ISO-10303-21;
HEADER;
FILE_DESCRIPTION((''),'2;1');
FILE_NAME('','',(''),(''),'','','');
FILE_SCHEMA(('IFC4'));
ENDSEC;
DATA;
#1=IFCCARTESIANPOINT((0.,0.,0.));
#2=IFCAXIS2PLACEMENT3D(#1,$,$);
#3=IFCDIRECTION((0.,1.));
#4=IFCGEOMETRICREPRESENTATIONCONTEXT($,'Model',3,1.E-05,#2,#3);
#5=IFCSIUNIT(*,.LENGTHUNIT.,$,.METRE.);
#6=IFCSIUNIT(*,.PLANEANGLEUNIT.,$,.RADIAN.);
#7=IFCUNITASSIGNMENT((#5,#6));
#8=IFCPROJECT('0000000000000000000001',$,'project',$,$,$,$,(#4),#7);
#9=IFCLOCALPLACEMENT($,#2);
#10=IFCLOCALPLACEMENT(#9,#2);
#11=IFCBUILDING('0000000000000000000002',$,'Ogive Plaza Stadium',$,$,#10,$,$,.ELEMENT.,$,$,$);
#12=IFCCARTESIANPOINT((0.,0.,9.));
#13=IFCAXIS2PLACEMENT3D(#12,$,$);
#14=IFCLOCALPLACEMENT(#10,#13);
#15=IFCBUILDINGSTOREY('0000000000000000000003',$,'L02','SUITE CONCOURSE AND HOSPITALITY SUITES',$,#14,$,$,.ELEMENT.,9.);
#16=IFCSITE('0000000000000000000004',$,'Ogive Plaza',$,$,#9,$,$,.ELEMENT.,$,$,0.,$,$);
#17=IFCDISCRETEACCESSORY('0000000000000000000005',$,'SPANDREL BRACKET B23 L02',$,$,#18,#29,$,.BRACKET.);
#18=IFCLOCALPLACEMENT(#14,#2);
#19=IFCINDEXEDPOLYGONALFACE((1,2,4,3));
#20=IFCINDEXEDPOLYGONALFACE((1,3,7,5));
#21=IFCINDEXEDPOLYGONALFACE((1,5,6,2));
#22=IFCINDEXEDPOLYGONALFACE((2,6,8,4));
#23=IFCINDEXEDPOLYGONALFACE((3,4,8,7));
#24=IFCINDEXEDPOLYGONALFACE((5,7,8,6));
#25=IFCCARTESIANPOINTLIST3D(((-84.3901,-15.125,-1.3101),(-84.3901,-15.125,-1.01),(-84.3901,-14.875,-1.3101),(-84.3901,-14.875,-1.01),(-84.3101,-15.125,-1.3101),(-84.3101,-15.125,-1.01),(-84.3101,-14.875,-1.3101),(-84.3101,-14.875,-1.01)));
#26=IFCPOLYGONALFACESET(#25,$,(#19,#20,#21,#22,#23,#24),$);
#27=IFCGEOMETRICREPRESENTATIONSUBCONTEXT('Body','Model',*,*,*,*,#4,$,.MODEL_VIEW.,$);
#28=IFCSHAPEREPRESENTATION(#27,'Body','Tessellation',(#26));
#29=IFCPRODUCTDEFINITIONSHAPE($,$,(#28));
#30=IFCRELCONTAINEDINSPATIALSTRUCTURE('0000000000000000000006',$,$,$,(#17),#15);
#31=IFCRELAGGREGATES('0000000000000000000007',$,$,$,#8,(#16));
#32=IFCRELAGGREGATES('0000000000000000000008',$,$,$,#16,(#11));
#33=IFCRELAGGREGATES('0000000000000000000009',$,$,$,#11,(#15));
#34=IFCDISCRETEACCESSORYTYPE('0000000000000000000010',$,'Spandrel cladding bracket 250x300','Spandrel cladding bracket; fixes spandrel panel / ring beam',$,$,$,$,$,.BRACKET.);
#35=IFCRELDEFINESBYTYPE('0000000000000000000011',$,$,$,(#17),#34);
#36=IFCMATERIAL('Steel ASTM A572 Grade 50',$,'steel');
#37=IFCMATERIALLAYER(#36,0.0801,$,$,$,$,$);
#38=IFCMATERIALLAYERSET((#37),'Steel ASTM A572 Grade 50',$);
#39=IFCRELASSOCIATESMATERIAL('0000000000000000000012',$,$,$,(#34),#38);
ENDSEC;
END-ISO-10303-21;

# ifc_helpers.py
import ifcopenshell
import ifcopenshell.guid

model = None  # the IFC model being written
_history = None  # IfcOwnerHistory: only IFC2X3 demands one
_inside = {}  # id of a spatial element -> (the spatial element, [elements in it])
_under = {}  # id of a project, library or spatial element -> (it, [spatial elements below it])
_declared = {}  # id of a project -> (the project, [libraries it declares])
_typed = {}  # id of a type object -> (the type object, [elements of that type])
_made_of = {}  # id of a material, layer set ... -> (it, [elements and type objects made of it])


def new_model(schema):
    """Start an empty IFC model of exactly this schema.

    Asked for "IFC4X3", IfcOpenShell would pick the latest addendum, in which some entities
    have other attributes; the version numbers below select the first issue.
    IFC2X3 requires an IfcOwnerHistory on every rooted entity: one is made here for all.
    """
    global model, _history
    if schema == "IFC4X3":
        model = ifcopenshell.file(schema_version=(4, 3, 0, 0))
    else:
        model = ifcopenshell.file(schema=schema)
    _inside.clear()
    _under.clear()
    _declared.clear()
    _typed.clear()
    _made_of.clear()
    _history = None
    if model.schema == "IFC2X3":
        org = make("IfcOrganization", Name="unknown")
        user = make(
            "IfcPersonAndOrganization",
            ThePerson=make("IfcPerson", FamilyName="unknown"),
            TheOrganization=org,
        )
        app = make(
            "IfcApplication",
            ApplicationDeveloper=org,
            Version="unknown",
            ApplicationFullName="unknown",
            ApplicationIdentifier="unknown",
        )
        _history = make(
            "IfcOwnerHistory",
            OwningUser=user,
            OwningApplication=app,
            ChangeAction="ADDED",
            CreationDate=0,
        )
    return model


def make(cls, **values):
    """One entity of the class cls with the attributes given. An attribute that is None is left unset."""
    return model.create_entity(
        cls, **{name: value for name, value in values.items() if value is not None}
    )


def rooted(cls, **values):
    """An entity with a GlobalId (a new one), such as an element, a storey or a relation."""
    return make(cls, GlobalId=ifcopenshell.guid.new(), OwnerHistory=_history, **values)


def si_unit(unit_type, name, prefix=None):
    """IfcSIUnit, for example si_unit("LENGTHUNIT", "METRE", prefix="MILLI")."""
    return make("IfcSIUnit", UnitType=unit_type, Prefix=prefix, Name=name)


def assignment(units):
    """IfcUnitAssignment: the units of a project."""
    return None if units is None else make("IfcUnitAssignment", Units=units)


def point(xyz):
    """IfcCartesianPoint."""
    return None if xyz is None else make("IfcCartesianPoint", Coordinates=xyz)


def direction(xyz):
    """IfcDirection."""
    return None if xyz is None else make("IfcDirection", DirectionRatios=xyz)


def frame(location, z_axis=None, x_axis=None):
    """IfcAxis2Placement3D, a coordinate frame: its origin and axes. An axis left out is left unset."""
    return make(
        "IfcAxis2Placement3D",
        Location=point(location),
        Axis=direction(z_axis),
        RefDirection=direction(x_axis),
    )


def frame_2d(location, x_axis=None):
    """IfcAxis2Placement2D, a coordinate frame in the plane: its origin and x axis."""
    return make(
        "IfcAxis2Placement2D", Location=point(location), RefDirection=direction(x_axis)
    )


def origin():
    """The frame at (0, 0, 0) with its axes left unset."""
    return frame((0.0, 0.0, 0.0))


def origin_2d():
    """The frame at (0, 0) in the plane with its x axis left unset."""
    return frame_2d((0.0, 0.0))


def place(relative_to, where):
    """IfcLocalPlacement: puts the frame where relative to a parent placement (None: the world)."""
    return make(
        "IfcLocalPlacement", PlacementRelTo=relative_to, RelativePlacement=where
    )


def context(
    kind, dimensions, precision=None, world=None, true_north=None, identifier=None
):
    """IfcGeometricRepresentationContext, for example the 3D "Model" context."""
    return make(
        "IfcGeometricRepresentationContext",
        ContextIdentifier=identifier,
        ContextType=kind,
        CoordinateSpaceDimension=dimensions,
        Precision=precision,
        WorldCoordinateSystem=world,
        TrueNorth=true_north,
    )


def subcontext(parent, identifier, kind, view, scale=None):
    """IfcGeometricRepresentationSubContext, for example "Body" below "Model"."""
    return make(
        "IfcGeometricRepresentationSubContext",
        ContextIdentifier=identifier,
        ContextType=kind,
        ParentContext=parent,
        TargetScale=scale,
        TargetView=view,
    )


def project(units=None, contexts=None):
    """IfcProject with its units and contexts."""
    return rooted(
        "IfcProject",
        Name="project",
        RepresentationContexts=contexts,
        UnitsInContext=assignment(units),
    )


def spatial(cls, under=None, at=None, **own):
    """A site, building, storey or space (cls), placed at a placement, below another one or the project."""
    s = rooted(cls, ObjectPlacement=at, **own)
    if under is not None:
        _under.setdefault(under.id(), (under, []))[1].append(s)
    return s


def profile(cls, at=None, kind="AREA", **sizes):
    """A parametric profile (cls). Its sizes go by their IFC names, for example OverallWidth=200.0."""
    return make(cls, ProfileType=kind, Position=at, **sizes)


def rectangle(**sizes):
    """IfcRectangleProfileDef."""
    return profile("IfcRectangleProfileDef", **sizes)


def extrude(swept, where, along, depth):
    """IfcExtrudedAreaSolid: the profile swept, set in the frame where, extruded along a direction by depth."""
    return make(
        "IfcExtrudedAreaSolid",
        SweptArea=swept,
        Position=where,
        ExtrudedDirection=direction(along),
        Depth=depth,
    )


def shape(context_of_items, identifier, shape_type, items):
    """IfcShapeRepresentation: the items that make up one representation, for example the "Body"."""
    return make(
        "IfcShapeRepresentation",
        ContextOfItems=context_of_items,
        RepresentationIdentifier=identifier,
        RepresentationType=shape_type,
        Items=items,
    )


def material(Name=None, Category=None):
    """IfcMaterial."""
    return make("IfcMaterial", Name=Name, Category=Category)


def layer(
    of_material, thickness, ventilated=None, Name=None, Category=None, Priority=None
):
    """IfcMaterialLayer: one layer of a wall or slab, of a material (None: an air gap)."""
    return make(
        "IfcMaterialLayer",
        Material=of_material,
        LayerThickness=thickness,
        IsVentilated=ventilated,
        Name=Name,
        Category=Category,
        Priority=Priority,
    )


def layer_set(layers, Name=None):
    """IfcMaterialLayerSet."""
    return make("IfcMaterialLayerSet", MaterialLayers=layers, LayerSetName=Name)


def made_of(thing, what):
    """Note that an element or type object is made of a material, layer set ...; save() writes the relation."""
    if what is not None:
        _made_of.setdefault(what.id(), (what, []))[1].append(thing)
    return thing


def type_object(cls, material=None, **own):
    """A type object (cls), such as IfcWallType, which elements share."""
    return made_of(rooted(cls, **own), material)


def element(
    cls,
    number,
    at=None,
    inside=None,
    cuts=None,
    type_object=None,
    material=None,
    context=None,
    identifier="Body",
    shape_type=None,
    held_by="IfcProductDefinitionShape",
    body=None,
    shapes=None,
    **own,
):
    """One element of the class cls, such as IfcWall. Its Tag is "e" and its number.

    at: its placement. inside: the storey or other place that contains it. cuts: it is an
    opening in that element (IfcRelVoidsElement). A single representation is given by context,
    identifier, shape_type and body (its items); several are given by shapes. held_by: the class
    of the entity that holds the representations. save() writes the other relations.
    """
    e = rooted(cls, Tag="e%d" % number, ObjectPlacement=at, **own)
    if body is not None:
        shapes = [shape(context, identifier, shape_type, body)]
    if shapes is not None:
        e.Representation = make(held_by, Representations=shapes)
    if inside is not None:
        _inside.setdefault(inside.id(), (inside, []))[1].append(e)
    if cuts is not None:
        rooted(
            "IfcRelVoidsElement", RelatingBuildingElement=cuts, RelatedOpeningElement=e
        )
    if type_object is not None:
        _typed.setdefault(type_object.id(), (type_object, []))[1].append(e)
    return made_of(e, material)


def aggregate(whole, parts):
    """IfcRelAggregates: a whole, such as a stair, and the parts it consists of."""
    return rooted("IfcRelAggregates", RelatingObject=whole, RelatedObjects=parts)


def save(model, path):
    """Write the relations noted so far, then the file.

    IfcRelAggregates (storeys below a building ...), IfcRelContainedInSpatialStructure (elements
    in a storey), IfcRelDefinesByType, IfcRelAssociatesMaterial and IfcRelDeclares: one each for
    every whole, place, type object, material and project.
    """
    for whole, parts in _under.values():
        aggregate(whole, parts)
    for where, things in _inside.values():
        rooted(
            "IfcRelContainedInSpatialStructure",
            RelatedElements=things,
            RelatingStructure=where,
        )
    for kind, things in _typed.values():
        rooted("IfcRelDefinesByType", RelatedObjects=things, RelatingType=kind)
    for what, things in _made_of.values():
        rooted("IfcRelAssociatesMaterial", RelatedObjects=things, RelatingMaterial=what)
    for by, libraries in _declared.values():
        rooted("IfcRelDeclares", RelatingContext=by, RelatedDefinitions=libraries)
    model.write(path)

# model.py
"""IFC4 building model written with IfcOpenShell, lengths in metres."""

from ifc_helpers import new_model, si_unit, direction, frame, origin, origin_2d, place, context, subcontext, project, spatial, rectangle, extrude, material, layer, layer_set, type_object, element, save


model = new_model("IFC4")

# Units and contexts
model_context = context("Model", 3, precision=1e-05, world=origin(), true_north=direction((0.0, 1.0)))
body_context = subcontext(model_context, "Body", "Model", "MODEL_VIEW")
ifc_project = project(units=[si_unit("LENGTHUNIT", "METRE"), si_unit("PLANEANGLEUNIT", "RADIAN")], contexts=[model_context])

# Site, building, storey
site_placement = place(None, origin())
site = spatial("IfcSite", under=ifc_project, at=site_placement, Name="Ogive Plaza", CompositionType="ELEMENT", RefElevation=0.0)
building_placement = place(site_placement, origin())
building = spatial("IfcBuilding", under=site, at=building_placement, Name="Ogive Plaza Stadium", CompositionType="ELEMENT")
storey_placement = place(building_placement, frame((0.0, 0.0, 9.0)))
storey = spatial("IfcBuildingStorey", under=building, at=storey_placement, Name="L02", Description="SUITE CONCOURSE AND HOSPITALITY SUITES", CompositionType="ELEMENT", Elevation=9.0)

# Discrete accessory
ifc_material_1 = material(Name="Steel ASTM A572 Grade 50", Category="steel")
ifc_layer_1 = layer(ifc_material_1, 0.0801)
ifc_layer_set_1 = layer_set([ifc_layer_1], Name="Steel ASTM A572 Grade 50")
discrete_accessory_type = type_object("IfcDiscreteAccessoryType", Name="Spandrel cladding bracket 250x300", Description="Spandrel cladding bracket; fixes spandrel panel / ring beam", PredefinedType="BRACKET", material=ifc_layer_set_1)
discrete_accessory_placement = place(storey_placement, frame((-84.3501, -15.0, -1.3101), z_axis=(0.0, 0.0, 1.0), x_axis=(0.0, 1.0, 0.0)))
element("IfcDiscreteAccessory", 1, at=discrete_accessory_placement, inside=storey, type_object=discrete_accessory_type, Name="SPANDREL BRACKET B23 L02", PredefinedType="BRACKET", context=body_context, shape_type="SweptSolid", body=[
    extrude(rectangle(XDim=0.25, YDim=0.0801, at=origin_2d()), origin(), (0.0, 0.0, 1.0), 0.3),
])

save(model, "model.ifc")
